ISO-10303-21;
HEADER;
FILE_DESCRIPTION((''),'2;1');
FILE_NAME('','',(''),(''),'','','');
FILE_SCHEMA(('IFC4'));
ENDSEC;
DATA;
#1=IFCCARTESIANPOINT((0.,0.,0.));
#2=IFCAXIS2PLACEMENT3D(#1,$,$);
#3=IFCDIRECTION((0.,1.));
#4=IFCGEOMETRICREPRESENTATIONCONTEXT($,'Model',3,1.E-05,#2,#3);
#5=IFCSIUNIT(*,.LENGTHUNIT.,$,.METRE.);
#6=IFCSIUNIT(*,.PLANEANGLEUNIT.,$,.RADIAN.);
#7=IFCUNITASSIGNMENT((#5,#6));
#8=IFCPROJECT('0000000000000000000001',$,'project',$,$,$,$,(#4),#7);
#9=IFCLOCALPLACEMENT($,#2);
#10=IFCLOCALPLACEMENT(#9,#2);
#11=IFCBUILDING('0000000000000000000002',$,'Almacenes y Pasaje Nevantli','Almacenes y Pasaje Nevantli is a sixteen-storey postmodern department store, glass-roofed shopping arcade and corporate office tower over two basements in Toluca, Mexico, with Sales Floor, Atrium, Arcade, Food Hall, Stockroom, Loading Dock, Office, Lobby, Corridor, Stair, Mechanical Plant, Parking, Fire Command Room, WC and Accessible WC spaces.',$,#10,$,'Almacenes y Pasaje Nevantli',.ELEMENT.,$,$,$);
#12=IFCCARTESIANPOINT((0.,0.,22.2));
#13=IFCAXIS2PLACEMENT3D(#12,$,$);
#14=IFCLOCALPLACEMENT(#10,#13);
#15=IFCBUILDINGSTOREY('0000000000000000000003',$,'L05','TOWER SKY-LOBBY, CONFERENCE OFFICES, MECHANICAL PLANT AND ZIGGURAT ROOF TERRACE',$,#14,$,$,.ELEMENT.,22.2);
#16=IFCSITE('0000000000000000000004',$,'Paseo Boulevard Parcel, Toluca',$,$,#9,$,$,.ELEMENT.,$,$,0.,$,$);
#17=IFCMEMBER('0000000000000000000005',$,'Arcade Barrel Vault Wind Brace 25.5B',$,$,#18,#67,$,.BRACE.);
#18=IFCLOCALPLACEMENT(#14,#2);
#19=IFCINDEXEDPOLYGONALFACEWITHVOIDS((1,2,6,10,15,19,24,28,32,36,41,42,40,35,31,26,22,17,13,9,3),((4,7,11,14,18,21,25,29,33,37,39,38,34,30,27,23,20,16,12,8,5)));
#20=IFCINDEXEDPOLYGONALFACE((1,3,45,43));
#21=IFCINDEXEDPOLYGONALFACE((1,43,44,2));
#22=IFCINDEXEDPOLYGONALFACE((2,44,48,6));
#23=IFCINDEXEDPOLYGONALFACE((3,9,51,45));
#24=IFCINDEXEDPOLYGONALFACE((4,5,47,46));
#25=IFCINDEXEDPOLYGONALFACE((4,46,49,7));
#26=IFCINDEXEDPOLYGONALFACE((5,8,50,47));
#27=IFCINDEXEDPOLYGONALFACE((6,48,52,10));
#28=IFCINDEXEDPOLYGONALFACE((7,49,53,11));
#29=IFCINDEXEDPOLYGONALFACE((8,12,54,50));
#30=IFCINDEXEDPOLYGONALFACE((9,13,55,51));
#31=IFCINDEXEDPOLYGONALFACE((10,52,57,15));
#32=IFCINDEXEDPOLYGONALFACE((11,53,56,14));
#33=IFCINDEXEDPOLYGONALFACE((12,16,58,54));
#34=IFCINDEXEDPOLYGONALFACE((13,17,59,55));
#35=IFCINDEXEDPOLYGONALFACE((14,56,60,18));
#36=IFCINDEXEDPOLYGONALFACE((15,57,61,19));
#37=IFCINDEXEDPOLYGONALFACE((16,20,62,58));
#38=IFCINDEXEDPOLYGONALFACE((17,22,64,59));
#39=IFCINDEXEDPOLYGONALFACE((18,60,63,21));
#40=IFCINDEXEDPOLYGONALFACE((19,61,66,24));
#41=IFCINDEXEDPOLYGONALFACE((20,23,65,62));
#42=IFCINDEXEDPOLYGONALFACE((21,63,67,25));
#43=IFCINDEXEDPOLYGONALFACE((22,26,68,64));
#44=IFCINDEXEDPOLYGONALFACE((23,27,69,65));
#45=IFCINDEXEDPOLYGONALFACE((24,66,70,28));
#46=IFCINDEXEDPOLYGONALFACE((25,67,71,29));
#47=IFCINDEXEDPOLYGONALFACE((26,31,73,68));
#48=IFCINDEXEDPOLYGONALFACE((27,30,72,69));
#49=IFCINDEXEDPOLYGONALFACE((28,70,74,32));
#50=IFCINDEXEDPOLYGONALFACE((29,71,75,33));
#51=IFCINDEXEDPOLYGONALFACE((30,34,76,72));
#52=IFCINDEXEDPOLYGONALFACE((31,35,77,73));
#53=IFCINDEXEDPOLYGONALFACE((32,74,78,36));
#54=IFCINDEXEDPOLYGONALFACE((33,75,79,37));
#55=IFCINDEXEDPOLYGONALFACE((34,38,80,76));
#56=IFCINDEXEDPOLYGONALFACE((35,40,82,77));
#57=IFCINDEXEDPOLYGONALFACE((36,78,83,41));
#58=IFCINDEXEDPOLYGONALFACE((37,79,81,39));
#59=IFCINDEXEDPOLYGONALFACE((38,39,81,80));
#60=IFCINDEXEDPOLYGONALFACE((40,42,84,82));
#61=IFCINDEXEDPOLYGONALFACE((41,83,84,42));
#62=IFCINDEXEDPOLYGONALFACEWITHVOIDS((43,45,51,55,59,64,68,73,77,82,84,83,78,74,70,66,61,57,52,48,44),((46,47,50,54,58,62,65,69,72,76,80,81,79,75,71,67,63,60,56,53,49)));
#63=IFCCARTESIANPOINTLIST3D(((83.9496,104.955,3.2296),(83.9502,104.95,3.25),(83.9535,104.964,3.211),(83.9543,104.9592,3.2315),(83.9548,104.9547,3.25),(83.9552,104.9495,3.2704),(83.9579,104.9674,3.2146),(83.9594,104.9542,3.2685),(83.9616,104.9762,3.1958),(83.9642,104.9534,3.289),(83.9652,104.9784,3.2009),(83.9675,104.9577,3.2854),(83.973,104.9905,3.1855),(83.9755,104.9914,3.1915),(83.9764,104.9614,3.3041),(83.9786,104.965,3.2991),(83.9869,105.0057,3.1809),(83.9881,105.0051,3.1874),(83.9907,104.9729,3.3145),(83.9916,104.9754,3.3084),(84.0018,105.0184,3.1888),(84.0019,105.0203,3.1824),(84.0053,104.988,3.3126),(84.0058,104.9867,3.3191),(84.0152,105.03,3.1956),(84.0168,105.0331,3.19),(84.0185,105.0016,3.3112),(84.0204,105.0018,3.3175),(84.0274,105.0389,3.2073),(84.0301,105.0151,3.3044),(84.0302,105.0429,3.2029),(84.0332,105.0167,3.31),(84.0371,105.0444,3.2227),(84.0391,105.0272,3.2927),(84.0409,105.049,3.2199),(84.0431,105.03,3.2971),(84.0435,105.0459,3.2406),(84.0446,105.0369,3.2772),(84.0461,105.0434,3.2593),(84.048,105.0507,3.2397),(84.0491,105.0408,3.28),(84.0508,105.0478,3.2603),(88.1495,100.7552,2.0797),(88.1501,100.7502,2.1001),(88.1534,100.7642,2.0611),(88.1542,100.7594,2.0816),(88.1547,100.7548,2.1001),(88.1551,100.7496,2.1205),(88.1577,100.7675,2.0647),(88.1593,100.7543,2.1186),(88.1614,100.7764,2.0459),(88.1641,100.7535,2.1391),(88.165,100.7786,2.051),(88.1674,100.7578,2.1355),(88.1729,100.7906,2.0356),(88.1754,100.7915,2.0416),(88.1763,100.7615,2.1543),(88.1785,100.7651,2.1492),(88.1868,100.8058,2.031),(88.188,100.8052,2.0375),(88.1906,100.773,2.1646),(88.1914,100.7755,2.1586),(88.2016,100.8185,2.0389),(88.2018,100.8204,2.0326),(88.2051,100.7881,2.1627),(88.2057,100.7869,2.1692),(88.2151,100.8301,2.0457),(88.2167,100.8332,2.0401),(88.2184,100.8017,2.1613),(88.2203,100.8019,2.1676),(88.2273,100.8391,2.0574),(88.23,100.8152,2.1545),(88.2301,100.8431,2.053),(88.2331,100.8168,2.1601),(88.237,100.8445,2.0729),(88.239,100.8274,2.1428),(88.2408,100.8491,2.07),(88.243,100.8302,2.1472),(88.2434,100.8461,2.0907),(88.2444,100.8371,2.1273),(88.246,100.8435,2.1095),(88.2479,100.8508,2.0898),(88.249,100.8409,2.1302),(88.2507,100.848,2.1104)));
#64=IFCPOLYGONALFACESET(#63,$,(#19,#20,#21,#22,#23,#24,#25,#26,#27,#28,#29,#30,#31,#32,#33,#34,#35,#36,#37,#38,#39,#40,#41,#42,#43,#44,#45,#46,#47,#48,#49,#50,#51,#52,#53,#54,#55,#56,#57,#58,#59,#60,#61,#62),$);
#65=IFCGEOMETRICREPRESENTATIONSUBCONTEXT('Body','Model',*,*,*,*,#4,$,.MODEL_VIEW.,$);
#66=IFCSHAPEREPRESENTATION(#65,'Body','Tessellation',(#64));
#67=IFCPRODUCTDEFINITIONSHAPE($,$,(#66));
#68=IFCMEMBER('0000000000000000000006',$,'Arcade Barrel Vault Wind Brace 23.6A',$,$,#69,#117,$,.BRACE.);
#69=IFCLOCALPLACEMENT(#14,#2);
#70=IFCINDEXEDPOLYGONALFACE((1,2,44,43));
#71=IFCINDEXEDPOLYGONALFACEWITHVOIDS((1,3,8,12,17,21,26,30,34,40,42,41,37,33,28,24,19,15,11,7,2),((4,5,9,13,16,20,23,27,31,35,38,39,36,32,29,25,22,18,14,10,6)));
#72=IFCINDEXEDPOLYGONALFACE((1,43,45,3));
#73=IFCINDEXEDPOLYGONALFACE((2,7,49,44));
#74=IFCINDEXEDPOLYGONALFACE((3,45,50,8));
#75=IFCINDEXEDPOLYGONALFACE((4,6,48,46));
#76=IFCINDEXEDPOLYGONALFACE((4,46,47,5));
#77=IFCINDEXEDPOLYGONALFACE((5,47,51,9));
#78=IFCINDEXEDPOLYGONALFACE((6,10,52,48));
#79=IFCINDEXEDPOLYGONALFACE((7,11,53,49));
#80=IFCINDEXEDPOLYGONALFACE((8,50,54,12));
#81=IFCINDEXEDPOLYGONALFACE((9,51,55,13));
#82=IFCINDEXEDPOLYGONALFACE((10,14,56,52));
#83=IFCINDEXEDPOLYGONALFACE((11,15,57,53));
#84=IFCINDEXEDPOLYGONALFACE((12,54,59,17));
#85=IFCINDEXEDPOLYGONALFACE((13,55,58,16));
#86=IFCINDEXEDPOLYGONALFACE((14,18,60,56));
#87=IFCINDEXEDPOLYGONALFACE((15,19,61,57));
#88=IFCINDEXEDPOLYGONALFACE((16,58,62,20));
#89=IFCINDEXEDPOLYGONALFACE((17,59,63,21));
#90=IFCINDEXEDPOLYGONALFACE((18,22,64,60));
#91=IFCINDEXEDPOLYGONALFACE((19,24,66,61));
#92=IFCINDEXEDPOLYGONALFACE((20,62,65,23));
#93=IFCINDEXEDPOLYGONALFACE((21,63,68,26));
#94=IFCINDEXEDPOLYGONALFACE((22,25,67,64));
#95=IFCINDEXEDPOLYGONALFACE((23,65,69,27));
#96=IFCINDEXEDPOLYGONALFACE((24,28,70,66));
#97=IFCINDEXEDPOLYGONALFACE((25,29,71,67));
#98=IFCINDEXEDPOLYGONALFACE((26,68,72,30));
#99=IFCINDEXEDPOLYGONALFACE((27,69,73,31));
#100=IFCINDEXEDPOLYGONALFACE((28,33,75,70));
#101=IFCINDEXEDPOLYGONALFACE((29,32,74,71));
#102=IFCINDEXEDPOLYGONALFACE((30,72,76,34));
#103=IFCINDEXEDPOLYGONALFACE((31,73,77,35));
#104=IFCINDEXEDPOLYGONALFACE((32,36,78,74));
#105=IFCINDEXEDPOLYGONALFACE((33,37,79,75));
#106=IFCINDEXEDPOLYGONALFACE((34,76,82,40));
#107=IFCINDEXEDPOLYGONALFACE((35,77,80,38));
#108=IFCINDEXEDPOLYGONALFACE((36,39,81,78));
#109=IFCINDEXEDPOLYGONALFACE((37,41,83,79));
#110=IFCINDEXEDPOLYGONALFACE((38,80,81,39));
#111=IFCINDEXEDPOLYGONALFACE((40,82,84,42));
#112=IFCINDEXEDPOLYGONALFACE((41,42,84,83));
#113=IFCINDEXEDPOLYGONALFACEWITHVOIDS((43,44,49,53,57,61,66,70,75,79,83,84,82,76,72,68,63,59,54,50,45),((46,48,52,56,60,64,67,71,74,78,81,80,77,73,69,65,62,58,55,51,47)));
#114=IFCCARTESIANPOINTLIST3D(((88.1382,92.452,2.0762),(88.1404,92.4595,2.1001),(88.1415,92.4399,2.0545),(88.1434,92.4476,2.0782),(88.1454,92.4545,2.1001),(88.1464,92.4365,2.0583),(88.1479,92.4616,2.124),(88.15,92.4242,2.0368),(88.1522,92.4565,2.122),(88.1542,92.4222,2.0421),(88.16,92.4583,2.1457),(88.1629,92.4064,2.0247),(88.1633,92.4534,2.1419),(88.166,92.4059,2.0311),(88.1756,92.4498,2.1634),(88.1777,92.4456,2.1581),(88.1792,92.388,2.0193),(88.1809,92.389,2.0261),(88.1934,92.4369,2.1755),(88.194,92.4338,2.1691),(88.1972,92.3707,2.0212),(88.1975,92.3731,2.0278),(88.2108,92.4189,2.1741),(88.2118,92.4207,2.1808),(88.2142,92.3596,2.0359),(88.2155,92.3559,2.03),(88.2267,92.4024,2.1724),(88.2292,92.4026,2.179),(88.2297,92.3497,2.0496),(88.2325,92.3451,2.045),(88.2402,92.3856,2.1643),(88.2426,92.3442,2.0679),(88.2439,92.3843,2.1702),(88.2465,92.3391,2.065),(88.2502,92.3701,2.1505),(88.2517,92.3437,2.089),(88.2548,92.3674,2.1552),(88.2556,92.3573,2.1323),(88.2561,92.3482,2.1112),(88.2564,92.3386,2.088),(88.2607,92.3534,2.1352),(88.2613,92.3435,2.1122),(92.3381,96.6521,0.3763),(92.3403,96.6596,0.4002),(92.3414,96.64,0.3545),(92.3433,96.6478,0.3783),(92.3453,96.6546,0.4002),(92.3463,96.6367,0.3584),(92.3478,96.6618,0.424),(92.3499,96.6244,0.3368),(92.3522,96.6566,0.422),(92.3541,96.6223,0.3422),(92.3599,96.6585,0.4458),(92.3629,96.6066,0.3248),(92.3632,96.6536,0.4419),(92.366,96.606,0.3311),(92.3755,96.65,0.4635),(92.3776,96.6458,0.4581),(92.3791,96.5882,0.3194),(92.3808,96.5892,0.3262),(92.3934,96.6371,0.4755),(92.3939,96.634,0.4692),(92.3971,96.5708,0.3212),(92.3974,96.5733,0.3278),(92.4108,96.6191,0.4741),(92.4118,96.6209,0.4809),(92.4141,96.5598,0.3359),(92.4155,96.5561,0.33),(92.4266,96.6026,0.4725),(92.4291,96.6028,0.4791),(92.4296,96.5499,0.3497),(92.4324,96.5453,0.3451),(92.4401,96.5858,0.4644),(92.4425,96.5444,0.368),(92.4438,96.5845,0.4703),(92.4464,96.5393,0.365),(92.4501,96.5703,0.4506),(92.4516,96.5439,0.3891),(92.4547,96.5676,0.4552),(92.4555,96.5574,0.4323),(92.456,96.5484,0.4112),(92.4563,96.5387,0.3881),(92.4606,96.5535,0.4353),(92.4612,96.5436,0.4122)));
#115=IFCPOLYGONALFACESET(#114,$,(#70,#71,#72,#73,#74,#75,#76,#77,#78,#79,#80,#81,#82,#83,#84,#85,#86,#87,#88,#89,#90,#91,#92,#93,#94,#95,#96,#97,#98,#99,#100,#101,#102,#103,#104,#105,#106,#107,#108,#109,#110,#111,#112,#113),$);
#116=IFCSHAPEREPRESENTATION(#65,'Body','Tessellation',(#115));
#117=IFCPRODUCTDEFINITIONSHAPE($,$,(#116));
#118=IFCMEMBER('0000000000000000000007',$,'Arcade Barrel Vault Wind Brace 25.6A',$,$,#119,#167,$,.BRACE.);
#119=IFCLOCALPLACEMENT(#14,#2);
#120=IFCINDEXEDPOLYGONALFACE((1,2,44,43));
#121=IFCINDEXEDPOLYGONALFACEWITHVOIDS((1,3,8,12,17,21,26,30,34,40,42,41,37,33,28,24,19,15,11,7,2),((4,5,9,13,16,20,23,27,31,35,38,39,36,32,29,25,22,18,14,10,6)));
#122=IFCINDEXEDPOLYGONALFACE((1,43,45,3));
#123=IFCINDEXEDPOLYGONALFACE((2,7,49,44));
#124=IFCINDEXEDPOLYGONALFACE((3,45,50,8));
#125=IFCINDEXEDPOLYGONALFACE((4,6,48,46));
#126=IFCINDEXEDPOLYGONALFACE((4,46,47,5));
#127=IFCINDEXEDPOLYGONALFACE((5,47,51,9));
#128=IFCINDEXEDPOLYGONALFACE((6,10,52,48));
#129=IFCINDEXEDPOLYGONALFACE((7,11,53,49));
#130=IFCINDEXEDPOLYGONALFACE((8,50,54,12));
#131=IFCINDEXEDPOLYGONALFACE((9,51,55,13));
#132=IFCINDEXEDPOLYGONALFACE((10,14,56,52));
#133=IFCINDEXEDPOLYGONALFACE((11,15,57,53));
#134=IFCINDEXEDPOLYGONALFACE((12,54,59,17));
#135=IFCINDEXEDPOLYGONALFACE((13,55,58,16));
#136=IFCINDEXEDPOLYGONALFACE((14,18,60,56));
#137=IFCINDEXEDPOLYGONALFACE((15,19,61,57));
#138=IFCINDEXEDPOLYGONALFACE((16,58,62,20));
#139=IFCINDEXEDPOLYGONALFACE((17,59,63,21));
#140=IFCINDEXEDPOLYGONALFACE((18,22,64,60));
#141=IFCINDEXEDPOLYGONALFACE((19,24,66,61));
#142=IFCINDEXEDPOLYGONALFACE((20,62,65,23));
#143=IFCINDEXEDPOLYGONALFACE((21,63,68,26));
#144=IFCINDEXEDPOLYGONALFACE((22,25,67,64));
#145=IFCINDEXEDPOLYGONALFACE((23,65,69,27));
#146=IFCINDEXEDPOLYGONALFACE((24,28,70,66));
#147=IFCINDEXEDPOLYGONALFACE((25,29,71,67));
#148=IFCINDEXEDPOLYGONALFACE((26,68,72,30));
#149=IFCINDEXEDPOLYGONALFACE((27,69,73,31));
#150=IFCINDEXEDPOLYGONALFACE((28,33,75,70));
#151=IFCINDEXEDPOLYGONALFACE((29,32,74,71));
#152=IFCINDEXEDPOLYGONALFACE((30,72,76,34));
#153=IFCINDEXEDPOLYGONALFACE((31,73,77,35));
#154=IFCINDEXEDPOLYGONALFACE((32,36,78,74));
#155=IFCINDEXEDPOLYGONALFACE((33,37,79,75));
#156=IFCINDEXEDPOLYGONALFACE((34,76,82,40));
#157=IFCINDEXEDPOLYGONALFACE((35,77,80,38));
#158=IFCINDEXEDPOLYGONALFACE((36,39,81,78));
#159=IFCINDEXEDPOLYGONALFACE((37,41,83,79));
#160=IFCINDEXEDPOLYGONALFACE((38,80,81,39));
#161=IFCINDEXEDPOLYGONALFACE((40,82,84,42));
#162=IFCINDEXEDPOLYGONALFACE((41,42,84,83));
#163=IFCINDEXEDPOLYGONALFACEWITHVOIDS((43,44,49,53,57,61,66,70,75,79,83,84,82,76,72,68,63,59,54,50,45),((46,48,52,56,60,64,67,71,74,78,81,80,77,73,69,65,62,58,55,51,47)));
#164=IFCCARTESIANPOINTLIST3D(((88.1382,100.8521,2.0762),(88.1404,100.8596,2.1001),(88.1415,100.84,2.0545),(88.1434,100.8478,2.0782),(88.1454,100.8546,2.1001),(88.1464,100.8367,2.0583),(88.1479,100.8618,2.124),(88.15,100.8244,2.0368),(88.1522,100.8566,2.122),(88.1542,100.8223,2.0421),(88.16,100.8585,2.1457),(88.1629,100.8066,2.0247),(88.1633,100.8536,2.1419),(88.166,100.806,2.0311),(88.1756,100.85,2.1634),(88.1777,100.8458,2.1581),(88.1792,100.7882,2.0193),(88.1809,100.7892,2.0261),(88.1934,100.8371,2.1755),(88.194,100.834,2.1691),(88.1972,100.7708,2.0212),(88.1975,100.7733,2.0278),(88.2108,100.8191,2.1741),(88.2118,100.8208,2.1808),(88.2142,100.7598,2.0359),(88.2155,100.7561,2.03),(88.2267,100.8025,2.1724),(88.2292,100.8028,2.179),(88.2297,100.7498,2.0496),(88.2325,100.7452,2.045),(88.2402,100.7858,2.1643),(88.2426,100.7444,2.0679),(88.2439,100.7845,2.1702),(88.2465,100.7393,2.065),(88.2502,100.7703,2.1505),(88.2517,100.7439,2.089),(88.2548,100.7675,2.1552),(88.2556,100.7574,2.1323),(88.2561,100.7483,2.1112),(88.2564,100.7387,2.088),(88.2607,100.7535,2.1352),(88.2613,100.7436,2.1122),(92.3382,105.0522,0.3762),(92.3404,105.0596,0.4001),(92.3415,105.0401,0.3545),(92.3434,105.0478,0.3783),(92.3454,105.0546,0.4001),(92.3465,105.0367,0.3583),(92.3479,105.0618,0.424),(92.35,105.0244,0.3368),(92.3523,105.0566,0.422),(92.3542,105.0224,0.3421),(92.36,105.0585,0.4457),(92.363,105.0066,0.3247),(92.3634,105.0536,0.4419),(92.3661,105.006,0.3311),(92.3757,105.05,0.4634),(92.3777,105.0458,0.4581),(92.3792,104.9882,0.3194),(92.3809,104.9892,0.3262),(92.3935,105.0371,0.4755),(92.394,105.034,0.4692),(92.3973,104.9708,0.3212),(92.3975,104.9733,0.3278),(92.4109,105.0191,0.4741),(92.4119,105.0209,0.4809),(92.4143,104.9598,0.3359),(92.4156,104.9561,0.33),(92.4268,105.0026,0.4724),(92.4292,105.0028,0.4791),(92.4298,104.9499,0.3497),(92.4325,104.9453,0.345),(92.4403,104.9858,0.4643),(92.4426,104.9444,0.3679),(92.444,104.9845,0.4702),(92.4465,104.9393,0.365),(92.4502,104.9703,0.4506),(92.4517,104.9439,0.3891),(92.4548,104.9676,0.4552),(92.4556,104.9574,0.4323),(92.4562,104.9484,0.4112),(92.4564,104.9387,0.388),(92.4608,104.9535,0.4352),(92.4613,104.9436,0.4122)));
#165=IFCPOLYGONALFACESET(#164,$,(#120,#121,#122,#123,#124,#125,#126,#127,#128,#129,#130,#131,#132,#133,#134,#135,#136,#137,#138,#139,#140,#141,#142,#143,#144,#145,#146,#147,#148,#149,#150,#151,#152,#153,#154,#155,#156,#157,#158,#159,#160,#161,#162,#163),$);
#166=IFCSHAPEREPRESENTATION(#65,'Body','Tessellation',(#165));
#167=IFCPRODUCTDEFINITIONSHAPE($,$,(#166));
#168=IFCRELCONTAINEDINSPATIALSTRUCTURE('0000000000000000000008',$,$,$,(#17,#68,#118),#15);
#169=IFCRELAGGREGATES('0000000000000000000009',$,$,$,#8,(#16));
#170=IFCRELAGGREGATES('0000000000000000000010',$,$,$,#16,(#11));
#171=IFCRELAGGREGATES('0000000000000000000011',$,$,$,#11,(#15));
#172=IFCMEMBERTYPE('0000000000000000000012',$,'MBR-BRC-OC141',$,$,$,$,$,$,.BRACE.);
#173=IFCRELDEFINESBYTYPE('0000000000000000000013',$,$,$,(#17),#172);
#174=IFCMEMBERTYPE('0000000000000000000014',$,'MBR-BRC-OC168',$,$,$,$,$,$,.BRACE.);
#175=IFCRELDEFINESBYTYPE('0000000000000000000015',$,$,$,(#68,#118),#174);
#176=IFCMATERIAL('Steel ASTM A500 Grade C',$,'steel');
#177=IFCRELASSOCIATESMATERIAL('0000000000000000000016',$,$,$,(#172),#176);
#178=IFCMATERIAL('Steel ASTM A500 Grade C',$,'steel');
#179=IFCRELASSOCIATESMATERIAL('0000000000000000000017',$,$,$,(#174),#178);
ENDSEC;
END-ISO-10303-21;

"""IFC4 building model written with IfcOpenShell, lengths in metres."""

from ifc_helpers import new_model, si_unit, direction, frame, origin, origin_2d, place, context, subcontext, project, spatial, hollow_circle, extrude, material, material_profile, profile_set, type_object, element, save


model = new_model("IFC4")

# Units and contexts
model_context = context("Model", 3, precision=1e-05, world=origin(), true_north=direction((0.0, 1.0)))
body_context = subcontext(model_context, "Body", "Model", "MODEL_VIEW")
ifc_project = project(units=[si_unit("LENGTHUNIT", "METRE"), si_unit("PLANEANGLEUNIT", "RADIAN")], contexts=[model_context])

# Site, building, storey
site_placement = place(None, origin())
site = spatial("IfcSite", under=ifc_project, at=site_placement, Name="Paseo Boulevard Parcel, Toluca", CompositionType="ELEMENT", RefElevation=0.0)
building_placement = place(site_placement, origin())
building = spatial("IfcBuilding", under=site, at=building_placement, Name="Almacenes y Pasaje Nevantli", Description="Almacenes y Pasaje Nevantli is a sixteen-storey postmodern department store, glass-roofed shopping arcade and corporate office tower over two basements in Toluca, Mexico, with Sales Floor, Atrium, Arcade, Food Hall, Stockroom, Loading Dock, Office, Lobby, Corridor, Stair, Mechanical Plant, Parking, Fire Command Room, WC and Accessible WC spaces.", LongName="Almacenes y Pasaje Nevantli", CompositionType="ELEMENT")
storey_placement = place(building_placement, frame((0.0, 0.0, 22.2)))
storey = spatial("IfcBuildingStorey", under=building, at=storey_placement, Name="L05", Description="TOWER SKY-LOBBY, CONFERENCE OFFICES, MECHANICAL PLANT AND ZIGGURAT ROOF TERRACE", CompositionType="ELEMENT", Elevation=22.2)

# Members
ifc_material_1 = material(Name="Steel ASTM A500 Grade C", Category="steel")
ifc_material_profile_1 = material_profile(ifc_material_1, hollow_circle(Radius=0.0706, WallThickness=0.0066, at=origin_2d()), Name="OC 141x6.6")
ifc_profile_set_1 = profile_set([ifc_material_profile_1], Name="Steel ASTM A500 Grade C")
member_type_1 = type_object("IfcMemberType", Name="MBR-BRC-OC141", PredefinedType="BRACE", material=ifc_profile_set_1)
for number, where, z_axis, x_axis, name in (
    (1, (88.2, 100.8, 2.1001), (-0.694217, 0.694217, 0.190069), (-0.707107, -0.707107, 0.0), "Arcade Barrel Vault Wind Brace 25.5B"),
):
    element("IfcMember", number, at=place(storey_placement, frame(where, z_axis=z_axis, x_axis=x_axis)), inside=storey, type_object=member_type_1, Name=name, PredefinedType="BRACE", context=body_context, shape_type="SweptSolid", body=[
        extrude(hollow_circle(Radius=0.0706, WallThickness=0.0066, at=origin_2d()), origin(), (0.0, 0.0, 1.0), 6.0498),
    ])
ifc_material_2 = material(Name="Steel ASTM A500 Grade C", Category="steel")
ifc_material_profile_2 = material_profile(ifc_material_2, hollow_circle(Radius=0.0842, WallThickness=0.0071, at=origin_2d()), Name="OC 168x7.1")
ifc_profile_set_2 = profile_set([ifc_material_profile_2], Name="Steel ASTM A500 Grade C")
member_type_2 = type_object("IfcMemberType", Name="MBR-BRC-OC168", PredefinedType="BRACE", material=ifc_profile_set_2)
for number, where, z_axis, x_axis, name in (
    (2, (88.2, 92.3999, 2.1001), (0.679794, 0.679833, -0.27515), (-0.707127, 0.707086, 0.0), "Arcade Barrel Vault Wind Brace 23.6A"),
    (3, (88.2, 100.8, 2.1001), (0.679812, 0.679812, -0.275157), (-0.707107, 0.707107, 0.0), "Arcade Barrel Vault Wind Brace 25.6A"),
):
    element("IfcMember", number, at=place(storey_placement, frame(where, z_axis=z_axis, x_axis=x_axis)), inside=storey, type_object=member_type_2, Name=name, PredefinedType="BRACE", context=body_context, shape_type="SweptSolid", body=[
        extrude(hollow_circle(Radius=0.0842, WallThickness=0.0071, at=origin_2d()), origin(), (0.0, 0.0, 1.0), 6.1782),
    ])

save(model, "model.ifc")
